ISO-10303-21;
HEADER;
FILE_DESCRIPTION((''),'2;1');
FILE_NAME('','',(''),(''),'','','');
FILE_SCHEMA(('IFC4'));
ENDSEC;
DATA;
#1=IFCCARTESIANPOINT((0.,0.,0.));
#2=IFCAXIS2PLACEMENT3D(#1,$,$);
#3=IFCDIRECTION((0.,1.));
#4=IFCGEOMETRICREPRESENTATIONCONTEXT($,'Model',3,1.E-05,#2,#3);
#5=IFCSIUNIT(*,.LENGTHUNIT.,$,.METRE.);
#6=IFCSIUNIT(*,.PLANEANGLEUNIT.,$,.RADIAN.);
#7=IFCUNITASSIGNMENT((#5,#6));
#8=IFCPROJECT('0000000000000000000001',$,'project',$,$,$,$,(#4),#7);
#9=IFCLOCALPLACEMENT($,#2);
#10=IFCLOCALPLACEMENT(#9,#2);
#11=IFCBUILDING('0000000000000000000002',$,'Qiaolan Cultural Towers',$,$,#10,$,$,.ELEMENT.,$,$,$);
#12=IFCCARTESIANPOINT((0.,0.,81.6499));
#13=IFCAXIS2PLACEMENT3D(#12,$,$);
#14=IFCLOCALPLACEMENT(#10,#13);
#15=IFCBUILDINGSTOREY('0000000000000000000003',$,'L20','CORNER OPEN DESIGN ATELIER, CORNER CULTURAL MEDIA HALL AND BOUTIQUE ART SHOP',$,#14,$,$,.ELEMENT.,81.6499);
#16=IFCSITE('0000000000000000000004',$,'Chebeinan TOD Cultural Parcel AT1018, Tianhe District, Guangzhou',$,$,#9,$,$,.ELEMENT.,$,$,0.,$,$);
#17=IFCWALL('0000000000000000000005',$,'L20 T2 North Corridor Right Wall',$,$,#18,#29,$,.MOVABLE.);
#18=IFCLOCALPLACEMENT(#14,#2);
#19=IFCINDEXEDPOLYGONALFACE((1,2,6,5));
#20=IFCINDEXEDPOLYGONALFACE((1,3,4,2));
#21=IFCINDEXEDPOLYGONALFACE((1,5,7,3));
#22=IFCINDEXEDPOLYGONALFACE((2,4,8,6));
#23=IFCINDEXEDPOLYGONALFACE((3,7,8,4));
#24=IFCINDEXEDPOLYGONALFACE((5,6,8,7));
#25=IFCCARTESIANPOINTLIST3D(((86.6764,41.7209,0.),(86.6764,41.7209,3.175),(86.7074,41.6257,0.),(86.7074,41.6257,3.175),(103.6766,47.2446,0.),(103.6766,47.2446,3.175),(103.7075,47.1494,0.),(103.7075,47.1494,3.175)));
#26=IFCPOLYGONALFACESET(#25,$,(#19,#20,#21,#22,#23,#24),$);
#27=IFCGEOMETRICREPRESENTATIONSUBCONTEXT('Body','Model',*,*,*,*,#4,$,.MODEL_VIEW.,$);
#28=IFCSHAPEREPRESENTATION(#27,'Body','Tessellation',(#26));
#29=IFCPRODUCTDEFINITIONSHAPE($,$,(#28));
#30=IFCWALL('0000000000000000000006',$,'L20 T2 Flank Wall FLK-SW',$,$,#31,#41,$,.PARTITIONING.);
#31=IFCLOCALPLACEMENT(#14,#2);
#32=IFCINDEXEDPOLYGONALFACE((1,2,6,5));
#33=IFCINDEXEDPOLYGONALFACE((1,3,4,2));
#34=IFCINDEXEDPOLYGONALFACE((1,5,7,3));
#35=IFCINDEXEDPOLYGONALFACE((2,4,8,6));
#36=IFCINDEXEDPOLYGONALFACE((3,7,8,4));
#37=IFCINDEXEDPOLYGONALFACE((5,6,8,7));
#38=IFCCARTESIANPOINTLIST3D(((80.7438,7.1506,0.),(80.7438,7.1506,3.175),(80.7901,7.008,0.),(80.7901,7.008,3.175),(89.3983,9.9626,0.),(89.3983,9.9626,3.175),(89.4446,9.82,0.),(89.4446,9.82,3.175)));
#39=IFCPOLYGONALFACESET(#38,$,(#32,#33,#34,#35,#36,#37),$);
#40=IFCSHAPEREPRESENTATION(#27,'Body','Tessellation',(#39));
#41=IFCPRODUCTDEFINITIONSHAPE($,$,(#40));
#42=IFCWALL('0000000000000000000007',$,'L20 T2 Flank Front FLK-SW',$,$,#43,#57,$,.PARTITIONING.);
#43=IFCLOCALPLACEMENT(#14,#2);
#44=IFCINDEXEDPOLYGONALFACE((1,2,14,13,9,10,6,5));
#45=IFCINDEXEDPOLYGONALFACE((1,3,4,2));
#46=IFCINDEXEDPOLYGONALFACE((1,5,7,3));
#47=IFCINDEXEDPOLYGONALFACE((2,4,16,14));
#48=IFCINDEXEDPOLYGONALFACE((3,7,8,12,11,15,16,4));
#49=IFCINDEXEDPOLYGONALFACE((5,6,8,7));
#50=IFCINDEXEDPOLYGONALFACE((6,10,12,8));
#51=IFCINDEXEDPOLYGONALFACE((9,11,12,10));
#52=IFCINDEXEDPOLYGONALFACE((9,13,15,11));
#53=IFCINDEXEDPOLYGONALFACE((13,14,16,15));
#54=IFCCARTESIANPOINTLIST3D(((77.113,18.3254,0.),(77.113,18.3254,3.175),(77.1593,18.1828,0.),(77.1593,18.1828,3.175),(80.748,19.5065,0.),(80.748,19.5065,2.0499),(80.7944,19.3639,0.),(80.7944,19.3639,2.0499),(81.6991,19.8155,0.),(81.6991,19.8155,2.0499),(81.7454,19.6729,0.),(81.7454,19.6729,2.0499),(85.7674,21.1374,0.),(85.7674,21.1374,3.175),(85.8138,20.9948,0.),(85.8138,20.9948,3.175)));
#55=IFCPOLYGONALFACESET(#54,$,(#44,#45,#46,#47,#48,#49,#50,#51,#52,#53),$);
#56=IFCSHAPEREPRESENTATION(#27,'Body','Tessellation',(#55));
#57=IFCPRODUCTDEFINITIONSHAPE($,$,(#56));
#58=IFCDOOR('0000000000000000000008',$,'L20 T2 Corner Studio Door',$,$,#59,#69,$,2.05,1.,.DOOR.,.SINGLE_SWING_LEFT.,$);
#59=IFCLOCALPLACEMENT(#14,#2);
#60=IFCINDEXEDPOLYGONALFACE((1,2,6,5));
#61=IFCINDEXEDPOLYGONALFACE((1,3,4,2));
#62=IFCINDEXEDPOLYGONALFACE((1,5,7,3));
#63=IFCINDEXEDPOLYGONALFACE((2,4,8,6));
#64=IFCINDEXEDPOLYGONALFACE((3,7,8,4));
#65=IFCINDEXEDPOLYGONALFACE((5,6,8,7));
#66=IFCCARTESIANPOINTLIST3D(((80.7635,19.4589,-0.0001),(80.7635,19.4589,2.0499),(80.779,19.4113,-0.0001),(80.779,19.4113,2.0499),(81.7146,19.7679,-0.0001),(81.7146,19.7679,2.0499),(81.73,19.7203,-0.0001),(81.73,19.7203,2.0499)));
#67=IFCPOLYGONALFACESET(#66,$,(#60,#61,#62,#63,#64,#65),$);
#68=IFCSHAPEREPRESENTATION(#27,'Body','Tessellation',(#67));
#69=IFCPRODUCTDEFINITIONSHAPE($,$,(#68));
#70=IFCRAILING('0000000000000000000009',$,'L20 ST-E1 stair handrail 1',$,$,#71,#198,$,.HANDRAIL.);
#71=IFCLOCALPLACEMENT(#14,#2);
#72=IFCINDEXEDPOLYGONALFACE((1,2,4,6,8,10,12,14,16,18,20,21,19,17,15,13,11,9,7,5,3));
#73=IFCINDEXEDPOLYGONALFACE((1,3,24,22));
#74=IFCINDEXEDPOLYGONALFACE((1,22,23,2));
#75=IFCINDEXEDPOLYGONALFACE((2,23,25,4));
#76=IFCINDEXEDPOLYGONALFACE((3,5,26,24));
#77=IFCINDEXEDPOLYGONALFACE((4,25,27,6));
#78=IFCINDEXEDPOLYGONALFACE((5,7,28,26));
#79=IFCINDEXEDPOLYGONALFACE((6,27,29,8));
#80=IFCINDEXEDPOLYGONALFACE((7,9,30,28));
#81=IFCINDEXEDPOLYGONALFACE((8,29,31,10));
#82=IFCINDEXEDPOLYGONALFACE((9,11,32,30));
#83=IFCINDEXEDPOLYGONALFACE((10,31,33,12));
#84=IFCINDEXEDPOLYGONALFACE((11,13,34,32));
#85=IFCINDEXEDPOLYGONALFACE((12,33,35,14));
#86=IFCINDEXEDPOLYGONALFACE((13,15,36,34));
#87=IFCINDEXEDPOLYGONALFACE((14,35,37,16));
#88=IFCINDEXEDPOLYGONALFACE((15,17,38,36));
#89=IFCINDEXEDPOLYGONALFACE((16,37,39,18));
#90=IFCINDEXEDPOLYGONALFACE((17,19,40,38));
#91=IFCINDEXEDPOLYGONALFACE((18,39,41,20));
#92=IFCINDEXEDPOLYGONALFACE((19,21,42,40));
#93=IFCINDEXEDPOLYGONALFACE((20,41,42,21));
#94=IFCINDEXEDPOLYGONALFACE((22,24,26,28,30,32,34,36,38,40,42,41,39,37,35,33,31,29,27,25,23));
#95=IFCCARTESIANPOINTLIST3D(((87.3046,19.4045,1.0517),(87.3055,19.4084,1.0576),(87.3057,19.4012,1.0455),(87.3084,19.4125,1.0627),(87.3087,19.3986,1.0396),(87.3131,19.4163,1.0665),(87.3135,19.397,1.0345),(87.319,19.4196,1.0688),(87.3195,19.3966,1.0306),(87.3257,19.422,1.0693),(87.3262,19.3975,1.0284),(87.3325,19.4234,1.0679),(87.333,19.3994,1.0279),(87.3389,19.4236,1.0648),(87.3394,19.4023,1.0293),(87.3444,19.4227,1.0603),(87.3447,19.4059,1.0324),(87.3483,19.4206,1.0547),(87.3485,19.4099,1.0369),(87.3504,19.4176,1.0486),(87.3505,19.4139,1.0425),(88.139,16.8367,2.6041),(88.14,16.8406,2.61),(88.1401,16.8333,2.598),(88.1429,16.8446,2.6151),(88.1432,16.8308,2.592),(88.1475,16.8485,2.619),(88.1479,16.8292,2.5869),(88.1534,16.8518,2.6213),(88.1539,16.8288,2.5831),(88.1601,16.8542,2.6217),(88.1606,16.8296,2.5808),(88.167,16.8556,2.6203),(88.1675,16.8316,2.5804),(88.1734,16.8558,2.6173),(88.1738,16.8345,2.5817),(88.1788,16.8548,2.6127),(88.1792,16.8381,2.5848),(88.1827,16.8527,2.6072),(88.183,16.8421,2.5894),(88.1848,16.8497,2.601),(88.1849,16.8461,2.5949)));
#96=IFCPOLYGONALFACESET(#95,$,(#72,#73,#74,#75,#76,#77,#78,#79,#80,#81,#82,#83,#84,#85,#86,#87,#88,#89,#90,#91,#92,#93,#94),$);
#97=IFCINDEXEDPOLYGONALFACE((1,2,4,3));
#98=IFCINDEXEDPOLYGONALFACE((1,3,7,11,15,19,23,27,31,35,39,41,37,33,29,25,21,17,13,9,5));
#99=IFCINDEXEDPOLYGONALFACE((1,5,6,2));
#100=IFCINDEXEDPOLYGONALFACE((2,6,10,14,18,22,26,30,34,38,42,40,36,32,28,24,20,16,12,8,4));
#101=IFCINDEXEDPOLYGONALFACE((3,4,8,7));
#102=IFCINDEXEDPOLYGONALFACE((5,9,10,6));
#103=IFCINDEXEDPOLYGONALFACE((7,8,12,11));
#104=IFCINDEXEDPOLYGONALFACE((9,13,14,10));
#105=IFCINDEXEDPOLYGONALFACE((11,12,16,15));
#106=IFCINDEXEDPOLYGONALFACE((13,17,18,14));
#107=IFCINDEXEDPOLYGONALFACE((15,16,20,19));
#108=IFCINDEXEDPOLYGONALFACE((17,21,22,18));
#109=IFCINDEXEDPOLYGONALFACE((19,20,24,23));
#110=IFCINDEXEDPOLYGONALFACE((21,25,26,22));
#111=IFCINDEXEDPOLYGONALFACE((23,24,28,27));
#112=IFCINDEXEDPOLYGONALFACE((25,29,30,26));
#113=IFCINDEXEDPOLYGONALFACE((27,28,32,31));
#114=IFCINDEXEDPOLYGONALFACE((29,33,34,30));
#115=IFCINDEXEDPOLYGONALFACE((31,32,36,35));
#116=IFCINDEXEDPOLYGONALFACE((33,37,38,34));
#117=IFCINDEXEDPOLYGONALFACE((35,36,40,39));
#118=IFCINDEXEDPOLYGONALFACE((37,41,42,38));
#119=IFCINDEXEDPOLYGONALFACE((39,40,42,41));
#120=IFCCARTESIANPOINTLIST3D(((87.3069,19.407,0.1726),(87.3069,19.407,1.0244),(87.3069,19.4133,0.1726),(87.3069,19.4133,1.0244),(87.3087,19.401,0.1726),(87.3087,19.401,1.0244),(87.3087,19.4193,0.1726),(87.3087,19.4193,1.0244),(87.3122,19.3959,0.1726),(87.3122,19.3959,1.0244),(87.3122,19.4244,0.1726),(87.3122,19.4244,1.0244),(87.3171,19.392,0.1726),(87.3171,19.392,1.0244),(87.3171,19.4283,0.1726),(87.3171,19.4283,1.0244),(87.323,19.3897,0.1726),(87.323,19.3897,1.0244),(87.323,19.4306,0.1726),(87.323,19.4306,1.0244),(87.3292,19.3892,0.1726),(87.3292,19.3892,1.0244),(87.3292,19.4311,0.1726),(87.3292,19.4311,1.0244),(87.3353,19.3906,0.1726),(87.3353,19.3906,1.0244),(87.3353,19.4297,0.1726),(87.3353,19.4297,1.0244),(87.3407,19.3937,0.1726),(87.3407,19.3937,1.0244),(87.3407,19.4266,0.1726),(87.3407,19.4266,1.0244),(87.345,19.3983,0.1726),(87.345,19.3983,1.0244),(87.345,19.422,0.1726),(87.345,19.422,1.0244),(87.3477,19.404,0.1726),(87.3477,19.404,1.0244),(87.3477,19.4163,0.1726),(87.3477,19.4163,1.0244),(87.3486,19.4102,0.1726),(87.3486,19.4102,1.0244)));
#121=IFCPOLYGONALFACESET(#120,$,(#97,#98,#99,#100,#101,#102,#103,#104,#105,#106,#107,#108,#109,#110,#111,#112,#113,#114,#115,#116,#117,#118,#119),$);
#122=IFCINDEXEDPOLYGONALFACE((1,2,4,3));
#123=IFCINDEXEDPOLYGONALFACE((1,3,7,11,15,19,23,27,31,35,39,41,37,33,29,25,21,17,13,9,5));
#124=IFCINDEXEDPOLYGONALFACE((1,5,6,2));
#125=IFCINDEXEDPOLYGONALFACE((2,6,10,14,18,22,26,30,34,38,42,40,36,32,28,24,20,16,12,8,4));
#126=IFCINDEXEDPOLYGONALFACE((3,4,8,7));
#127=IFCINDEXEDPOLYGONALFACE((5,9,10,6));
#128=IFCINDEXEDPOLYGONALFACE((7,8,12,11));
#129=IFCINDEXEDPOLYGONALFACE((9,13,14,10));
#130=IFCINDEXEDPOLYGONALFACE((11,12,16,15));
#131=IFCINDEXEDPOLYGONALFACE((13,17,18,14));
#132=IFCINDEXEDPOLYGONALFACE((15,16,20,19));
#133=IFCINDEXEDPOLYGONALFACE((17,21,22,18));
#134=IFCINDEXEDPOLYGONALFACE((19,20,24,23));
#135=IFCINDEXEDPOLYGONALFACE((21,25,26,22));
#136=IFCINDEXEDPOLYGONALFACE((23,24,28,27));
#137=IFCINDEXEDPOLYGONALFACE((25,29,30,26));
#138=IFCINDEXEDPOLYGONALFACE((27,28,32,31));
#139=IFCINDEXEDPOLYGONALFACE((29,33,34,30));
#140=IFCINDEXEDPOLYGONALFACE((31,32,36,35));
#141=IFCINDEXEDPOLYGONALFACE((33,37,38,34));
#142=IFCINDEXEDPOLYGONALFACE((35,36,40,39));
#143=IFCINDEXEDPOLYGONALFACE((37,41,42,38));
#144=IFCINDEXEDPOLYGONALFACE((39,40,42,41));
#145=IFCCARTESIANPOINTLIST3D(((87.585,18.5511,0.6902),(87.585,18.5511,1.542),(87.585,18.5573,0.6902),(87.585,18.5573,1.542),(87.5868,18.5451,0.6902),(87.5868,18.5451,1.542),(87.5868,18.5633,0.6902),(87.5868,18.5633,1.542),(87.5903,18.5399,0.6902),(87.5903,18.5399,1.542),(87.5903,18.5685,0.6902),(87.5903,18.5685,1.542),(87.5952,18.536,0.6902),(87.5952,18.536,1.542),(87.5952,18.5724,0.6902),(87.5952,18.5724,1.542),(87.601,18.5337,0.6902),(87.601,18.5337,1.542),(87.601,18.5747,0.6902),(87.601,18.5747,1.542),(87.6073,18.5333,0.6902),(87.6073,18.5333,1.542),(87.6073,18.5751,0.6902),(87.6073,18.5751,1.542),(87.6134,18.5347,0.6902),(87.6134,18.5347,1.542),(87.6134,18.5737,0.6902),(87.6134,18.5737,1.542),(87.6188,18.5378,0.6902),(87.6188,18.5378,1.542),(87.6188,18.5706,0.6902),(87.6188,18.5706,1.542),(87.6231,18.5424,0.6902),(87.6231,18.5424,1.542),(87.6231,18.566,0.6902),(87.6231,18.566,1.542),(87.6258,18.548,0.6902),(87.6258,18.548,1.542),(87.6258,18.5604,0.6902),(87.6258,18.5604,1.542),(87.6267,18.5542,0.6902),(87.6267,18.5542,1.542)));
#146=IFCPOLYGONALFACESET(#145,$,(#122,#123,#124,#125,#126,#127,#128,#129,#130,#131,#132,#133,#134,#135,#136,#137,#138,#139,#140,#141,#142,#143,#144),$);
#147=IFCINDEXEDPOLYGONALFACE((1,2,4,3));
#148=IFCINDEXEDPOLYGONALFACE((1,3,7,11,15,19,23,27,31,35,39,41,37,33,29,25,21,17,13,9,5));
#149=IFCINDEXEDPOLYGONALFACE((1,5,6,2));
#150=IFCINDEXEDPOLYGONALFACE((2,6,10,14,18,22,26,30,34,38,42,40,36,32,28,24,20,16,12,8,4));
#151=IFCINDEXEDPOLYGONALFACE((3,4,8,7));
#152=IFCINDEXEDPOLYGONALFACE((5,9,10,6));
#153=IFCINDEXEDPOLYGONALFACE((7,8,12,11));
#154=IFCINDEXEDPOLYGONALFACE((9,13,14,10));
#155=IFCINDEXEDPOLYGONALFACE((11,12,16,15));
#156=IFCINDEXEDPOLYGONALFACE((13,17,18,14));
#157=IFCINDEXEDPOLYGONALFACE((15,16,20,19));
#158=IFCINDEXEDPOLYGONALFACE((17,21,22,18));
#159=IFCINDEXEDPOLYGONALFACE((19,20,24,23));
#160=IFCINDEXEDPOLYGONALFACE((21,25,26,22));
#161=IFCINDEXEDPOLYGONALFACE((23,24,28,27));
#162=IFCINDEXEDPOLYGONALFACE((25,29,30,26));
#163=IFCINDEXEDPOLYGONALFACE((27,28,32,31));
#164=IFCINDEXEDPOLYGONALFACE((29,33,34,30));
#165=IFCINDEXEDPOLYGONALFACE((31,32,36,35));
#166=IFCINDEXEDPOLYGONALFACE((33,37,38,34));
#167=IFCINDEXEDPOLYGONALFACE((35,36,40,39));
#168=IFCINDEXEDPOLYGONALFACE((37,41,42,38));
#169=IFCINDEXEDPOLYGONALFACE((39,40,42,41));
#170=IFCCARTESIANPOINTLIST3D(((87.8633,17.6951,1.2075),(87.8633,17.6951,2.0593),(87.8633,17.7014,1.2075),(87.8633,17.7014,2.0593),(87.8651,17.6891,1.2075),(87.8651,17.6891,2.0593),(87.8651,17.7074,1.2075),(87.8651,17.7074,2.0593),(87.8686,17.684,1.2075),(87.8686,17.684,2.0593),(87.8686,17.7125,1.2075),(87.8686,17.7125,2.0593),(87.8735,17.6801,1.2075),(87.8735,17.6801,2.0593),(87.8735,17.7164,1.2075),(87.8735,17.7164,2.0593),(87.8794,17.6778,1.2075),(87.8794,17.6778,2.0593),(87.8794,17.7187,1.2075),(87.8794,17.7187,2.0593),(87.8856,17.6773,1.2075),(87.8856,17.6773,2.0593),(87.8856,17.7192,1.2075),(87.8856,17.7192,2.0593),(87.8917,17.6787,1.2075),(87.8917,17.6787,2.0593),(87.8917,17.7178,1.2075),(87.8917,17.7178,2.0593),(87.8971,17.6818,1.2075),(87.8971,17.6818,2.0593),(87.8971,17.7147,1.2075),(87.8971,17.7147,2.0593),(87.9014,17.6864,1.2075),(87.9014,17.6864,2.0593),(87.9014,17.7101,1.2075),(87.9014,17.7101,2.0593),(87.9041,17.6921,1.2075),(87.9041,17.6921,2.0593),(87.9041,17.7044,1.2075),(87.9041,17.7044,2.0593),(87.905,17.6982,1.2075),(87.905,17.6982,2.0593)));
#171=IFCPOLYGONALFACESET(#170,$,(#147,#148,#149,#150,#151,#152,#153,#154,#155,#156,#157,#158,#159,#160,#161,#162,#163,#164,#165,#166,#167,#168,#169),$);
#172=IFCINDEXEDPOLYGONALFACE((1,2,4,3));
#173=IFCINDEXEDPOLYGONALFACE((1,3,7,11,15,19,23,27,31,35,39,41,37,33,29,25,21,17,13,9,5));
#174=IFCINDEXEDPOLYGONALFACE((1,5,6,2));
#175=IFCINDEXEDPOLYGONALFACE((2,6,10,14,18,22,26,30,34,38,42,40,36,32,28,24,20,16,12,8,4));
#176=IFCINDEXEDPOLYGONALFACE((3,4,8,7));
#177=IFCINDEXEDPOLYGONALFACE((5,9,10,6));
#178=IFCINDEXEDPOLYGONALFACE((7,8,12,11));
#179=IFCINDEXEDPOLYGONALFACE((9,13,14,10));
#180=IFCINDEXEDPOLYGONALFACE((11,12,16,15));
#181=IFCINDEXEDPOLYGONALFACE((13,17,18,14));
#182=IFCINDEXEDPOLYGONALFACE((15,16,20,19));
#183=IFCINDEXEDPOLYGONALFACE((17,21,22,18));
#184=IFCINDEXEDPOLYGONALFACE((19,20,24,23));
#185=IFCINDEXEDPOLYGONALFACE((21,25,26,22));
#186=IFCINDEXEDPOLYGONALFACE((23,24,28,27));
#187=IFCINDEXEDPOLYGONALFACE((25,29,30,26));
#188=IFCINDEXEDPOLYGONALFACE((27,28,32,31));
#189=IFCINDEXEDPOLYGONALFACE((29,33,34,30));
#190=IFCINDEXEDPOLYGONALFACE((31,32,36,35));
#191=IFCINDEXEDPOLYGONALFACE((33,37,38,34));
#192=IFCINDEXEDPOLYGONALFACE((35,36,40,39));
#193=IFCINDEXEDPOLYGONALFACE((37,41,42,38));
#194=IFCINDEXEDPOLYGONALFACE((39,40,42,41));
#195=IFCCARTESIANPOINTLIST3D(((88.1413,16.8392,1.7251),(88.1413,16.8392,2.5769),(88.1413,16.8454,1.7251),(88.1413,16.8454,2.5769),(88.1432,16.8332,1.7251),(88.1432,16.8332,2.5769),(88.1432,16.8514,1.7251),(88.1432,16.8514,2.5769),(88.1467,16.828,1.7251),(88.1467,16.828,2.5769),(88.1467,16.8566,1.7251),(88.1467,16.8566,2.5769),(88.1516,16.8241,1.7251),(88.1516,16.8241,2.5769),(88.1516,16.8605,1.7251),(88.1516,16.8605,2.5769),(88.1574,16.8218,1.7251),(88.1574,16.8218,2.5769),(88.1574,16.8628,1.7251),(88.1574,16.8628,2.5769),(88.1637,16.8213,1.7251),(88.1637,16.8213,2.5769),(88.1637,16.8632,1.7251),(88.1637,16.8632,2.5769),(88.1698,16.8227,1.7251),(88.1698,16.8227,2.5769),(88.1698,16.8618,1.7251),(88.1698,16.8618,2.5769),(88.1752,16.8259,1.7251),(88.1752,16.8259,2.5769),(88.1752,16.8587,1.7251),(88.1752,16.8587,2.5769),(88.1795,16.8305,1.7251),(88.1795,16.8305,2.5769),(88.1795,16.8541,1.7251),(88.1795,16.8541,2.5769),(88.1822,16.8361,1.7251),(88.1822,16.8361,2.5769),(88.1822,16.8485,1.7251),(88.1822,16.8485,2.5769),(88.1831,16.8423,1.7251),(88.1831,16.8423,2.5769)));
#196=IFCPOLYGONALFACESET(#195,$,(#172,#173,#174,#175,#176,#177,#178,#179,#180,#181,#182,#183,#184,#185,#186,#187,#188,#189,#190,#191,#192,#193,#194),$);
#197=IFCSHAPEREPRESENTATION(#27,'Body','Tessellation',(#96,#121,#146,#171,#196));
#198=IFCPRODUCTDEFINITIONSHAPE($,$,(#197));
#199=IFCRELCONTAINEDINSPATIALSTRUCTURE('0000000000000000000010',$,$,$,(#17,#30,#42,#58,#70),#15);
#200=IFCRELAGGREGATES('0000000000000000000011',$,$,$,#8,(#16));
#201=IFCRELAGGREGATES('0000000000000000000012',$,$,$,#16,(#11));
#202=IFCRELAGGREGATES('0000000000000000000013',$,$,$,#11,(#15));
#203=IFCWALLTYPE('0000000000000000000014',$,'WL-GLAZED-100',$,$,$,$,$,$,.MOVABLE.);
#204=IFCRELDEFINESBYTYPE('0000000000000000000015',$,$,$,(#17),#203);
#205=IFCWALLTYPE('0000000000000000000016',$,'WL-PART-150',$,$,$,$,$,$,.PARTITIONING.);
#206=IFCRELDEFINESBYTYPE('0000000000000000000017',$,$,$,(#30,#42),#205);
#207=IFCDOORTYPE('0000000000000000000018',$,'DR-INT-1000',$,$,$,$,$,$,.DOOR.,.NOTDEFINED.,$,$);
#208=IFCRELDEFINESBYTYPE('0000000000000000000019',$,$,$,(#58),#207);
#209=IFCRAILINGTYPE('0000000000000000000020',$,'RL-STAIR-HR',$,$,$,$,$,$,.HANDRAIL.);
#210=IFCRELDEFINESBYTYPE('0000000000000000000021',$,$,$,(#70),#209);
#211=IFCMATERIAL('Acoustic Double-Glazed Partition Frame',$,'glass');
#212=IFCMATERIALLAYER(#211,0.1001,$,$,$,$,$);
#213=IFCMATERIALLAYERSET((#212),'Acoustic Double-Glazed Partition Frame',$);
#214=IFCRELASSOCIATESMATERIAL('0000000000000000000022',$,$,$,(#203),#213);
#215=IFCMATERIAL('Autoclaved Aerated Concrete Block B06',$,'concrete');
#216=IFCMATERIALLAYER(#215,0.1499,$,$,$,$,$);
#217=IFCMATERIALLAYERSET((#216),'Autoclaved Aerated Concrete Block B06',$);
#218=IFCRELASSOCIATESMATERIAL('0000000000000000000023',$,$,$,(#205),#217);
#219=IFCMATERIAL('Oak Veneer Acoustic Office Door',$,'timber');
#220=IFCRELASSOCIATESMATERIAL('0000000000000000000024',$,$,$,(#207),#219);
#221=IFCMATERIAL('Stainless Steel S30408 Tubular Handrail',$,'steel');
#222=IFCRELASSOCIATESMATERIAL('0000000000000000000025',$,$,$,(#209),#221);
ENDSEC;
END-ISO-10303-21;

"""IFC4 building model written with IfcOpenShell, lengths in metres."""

from ifc_helpers import new_model, si_unit, direction, frame, frame_2d, origin, origin_2d, place, context, subcontext, project, spatial, rectangle, circle, extrude, material, layer, layer_set, type_object, element, fill, save


model = new_model("IFC4")

# Units and contexts
model_context = context("Model", 3, precision=1e-05, world=origin(), true_north=direction((0.0, 1.0)))
body_context = subcontext(model_context, "Body", "Model", "MODEL_VIEW")
ifc_project = project(units=[si_unit("LENGTHUNIT", "METRE"), si_unit("PLANEANGLEUNIT", "RADIAN")], contexts=[model_context])

# Site, building, storey
site_placement = place(None, origin())
site = spatial("IfcSite", under=ifc_project, at=site_placement, Name="Chebeinan TOD Cultural Parcel AT1018, Tianhe District, Guangzhou", CompositionType="ELEMENT", RefElevation=0.0)
building_placement = place(site_placement, origin())
building = spatial("IfcBuilding", under=site, at=building_placement, Name="Qiaolan Cultural Towers", CompositionType="ELEMENT")
storey_placement = place(building_placement, frame((0.0, 0.0, 81.6499)))
storey = spatial("IfcBuildingStorey", under=building, at=storey_placement, Name="L20", Description="CORNER OPEN DESIGN ATELIER, CORNER CULTURAL MEDIA HALL AND BOUTIQUE ART SHOP", CompositionType="ELEMENT", Elevation=81.6499)

# Walls
ifc_material_1 = material(Name="Acoustic Double-Glazed Partition Frame", Category="glass")
ifc_layer_1 = layer(ifc_material_1, 0.1001)
ifc_layer_set_1 = layer_set([ifc_layer_1], Name="Acoustic Double-Glazed Partition Frame")
wall_type_1 = type_object("IfcWallType", Name="WL-GLAZED-100", PredefinedType="MOVABLE", material=ifc_layer_set_1)
wall_1_placement = place(storey_placement, frame((86.6919, 41.6733, 0.0), z_axis=(0.0, 0.0, 1.0), x_axis=(0.951057, 0.309015, 0.0)))
element("IfcWall", 1, at=wall_1_placement, inside=storey, type_object=wall_type_1, Name="L20 T2 North Corridor Right Wall", PredefinedType="MOVABLE", context=body_context, shape_type="SweptSolid", body=[
    extrude(rectangle(XDim=17.875, YDim=0.1001, at=frame_2d((8.9375, 0.0))), origin(), (0.0, 0.0, 1.0), 3.175),
])
ifc_material_2 = material(Name="Autoclaved Aerated Concrete Block B06", Category="concrete")
ifc_layer_2 = layer(ifc_material_2, 0.1499)
ifc_layer_set_2 = layer_set([ifc_layer_2], Name="Autoclaved Aerated Concrete Block B06")
wall_type_2 = type_object("IfcWallType", Name="WL-PART-150", PredefinedType="PARTITIONING", material=ifc_layer_set_2)
wall_2_placement = place(storey_placement, frame((80.7671, 7.0793, 0.0), z_axis=(0.0, 0.0, 1.0), x_axis=(0.951057, 0.309015, 0.0)))
element("IfcWall", 2, at=wall_2_placement, inside=storey, type_object=wall_type_2, Name="L20 T2 Flank Wall FLK-SW", PredefinedType="PARTITIONING", context=body_context, shape_type="SweptSolid", body=[
    extrude(rectangle(XDim=9.0999, YDim=0.1499, at=frame_2d((4.5498, 0.0))), origin(), (0.0, 0.0, 1.0), 3.175),
])

# Wall, opening, door
wall_3_placement = place(storey_placement, frame((77.1362, 18.2542, 0.0), z_axis=(0.0, 0.0, 1.0), x_axis=(0.951057, 0.309015, 0.0)))
wall_3 = element("IfcWall", 3, at=wall_3_placement, inside=storey, type_object=wall_type_2, Name="L20 T2 Flank Front FLK-SW", PredefinedType="PARTITIONING", context=body_context, shape_type="SweptSolid", body=[
    extrude(rectangle(XDim=9.0999, YDim=0.1499, at=frame_2d((4.5498, 0.0))), origin(), (0.0, 0.0, 1.0), 3.175),
])
opening_1_placement = place(wall_3_placement, frame((3.822, 0.0, 0.0)))
opening_1 = element("IfcOpeningElement", 4, at=opening_1_placement, cuts=wall_3, PredefinedType="OPENING", context=body_context, shape_type="SweptSolid", body=[
    extrude(rectangle(XDim=1.0, YDim=2.05, at=frame_2d((0.5, 1.0249))), frame((0.0, 0.085, 0.0), z_axis=(0.0, -1.0, 0.0), x_axis=(1.0, 0.0, 0.0)), (0.0, 0.0, 1.0), 0.1699),
])
ifc_material_3 = material(Name="Oak Veneer Acoustic Office Door", Category="timber")
door_type_1 = type_object("IfcDoorType", Name="DR-INT-1000", OperationType="NOTDEFINED", PredefinedType="DOOR", material=ifc_material_3)
door_1_placement = place(opening_1_placement, origin())
door_1 = element("IfcDoor", 5, at=door_1_placement, inside=storey, type_object=door_type_1, Name="L20 T2 Corner Studio Door", OperationType="SINGLE_SWING_LEFT", OverallHeight=2.05, OverallWidth=1.0, PredefinedType="DOOR", context=body_context, shape_type="SweptSolid", body=[
    extrude(rectangle(XDim=1.0, YDim=2.05, at=frame_2d((0.5, 1.0249))), frame((0.0, 0.0249, 0.0), z_axis=(0.0, -1.0, 0.0), x_axis=(1.0, 0.0, 0.0)), (0.0, 0.0, 1.0), 0.05),
])
fill(opening_1, door_1)

# Railing
ifc_material_4 = material(Name="Stainless Steel S30408 Tubular Handrail", Category="steel")
railing_type = type_object("IfcRailingType", Name="RL-STAIR-HR", PredefinedType="HANDRAIL", material=ifc_material_4)
railing_placement = place(storey_placement, frame((87.3276, 19.4102, 0.1726)))
element("IfcRailing", 6, at=railing_placement, inside=storey, type_object=railing_type, Name="L20 ST-E1 stair handrail 1", PredefinedType="HANDRAIL", context=body_context, shape_type="SweptSolid", body=[
    extrude(circle(Radius=0.0239, at=origin_2d()), frame((0.0, 0.0, 0.876), z_axis=(0.267926, -0.824471, 0.498461), x_axis=(0.951043, 0.309057, 0.0)), (0.0, 0.0, 1.0), 3.1145),
    extrude(circle(Radius=0.021, at=origin_2d()), origin(), (0.0, 0.0, 1.0), 0.8518),
    extrude(circle(Radius=0.021, at=origin_2d()), frame((0.2781, -0.856, 0.5176)), (0.0, 0.0, 1.0), 0.8518),
    extrude(circle(Radius=0.021, at=origin_2d()), frame((0.5564, -1.7119, 1.0349)), (0.0, 0.0, 1.0), 0.8518),
    extrude(circle(Radius=0.021, at=origin_2d()), frame((0.8345, -2.5679, 1.5525)), (0.0, 0.0, 1.0), 0.8518),
])

save(model, "model.ifc")
